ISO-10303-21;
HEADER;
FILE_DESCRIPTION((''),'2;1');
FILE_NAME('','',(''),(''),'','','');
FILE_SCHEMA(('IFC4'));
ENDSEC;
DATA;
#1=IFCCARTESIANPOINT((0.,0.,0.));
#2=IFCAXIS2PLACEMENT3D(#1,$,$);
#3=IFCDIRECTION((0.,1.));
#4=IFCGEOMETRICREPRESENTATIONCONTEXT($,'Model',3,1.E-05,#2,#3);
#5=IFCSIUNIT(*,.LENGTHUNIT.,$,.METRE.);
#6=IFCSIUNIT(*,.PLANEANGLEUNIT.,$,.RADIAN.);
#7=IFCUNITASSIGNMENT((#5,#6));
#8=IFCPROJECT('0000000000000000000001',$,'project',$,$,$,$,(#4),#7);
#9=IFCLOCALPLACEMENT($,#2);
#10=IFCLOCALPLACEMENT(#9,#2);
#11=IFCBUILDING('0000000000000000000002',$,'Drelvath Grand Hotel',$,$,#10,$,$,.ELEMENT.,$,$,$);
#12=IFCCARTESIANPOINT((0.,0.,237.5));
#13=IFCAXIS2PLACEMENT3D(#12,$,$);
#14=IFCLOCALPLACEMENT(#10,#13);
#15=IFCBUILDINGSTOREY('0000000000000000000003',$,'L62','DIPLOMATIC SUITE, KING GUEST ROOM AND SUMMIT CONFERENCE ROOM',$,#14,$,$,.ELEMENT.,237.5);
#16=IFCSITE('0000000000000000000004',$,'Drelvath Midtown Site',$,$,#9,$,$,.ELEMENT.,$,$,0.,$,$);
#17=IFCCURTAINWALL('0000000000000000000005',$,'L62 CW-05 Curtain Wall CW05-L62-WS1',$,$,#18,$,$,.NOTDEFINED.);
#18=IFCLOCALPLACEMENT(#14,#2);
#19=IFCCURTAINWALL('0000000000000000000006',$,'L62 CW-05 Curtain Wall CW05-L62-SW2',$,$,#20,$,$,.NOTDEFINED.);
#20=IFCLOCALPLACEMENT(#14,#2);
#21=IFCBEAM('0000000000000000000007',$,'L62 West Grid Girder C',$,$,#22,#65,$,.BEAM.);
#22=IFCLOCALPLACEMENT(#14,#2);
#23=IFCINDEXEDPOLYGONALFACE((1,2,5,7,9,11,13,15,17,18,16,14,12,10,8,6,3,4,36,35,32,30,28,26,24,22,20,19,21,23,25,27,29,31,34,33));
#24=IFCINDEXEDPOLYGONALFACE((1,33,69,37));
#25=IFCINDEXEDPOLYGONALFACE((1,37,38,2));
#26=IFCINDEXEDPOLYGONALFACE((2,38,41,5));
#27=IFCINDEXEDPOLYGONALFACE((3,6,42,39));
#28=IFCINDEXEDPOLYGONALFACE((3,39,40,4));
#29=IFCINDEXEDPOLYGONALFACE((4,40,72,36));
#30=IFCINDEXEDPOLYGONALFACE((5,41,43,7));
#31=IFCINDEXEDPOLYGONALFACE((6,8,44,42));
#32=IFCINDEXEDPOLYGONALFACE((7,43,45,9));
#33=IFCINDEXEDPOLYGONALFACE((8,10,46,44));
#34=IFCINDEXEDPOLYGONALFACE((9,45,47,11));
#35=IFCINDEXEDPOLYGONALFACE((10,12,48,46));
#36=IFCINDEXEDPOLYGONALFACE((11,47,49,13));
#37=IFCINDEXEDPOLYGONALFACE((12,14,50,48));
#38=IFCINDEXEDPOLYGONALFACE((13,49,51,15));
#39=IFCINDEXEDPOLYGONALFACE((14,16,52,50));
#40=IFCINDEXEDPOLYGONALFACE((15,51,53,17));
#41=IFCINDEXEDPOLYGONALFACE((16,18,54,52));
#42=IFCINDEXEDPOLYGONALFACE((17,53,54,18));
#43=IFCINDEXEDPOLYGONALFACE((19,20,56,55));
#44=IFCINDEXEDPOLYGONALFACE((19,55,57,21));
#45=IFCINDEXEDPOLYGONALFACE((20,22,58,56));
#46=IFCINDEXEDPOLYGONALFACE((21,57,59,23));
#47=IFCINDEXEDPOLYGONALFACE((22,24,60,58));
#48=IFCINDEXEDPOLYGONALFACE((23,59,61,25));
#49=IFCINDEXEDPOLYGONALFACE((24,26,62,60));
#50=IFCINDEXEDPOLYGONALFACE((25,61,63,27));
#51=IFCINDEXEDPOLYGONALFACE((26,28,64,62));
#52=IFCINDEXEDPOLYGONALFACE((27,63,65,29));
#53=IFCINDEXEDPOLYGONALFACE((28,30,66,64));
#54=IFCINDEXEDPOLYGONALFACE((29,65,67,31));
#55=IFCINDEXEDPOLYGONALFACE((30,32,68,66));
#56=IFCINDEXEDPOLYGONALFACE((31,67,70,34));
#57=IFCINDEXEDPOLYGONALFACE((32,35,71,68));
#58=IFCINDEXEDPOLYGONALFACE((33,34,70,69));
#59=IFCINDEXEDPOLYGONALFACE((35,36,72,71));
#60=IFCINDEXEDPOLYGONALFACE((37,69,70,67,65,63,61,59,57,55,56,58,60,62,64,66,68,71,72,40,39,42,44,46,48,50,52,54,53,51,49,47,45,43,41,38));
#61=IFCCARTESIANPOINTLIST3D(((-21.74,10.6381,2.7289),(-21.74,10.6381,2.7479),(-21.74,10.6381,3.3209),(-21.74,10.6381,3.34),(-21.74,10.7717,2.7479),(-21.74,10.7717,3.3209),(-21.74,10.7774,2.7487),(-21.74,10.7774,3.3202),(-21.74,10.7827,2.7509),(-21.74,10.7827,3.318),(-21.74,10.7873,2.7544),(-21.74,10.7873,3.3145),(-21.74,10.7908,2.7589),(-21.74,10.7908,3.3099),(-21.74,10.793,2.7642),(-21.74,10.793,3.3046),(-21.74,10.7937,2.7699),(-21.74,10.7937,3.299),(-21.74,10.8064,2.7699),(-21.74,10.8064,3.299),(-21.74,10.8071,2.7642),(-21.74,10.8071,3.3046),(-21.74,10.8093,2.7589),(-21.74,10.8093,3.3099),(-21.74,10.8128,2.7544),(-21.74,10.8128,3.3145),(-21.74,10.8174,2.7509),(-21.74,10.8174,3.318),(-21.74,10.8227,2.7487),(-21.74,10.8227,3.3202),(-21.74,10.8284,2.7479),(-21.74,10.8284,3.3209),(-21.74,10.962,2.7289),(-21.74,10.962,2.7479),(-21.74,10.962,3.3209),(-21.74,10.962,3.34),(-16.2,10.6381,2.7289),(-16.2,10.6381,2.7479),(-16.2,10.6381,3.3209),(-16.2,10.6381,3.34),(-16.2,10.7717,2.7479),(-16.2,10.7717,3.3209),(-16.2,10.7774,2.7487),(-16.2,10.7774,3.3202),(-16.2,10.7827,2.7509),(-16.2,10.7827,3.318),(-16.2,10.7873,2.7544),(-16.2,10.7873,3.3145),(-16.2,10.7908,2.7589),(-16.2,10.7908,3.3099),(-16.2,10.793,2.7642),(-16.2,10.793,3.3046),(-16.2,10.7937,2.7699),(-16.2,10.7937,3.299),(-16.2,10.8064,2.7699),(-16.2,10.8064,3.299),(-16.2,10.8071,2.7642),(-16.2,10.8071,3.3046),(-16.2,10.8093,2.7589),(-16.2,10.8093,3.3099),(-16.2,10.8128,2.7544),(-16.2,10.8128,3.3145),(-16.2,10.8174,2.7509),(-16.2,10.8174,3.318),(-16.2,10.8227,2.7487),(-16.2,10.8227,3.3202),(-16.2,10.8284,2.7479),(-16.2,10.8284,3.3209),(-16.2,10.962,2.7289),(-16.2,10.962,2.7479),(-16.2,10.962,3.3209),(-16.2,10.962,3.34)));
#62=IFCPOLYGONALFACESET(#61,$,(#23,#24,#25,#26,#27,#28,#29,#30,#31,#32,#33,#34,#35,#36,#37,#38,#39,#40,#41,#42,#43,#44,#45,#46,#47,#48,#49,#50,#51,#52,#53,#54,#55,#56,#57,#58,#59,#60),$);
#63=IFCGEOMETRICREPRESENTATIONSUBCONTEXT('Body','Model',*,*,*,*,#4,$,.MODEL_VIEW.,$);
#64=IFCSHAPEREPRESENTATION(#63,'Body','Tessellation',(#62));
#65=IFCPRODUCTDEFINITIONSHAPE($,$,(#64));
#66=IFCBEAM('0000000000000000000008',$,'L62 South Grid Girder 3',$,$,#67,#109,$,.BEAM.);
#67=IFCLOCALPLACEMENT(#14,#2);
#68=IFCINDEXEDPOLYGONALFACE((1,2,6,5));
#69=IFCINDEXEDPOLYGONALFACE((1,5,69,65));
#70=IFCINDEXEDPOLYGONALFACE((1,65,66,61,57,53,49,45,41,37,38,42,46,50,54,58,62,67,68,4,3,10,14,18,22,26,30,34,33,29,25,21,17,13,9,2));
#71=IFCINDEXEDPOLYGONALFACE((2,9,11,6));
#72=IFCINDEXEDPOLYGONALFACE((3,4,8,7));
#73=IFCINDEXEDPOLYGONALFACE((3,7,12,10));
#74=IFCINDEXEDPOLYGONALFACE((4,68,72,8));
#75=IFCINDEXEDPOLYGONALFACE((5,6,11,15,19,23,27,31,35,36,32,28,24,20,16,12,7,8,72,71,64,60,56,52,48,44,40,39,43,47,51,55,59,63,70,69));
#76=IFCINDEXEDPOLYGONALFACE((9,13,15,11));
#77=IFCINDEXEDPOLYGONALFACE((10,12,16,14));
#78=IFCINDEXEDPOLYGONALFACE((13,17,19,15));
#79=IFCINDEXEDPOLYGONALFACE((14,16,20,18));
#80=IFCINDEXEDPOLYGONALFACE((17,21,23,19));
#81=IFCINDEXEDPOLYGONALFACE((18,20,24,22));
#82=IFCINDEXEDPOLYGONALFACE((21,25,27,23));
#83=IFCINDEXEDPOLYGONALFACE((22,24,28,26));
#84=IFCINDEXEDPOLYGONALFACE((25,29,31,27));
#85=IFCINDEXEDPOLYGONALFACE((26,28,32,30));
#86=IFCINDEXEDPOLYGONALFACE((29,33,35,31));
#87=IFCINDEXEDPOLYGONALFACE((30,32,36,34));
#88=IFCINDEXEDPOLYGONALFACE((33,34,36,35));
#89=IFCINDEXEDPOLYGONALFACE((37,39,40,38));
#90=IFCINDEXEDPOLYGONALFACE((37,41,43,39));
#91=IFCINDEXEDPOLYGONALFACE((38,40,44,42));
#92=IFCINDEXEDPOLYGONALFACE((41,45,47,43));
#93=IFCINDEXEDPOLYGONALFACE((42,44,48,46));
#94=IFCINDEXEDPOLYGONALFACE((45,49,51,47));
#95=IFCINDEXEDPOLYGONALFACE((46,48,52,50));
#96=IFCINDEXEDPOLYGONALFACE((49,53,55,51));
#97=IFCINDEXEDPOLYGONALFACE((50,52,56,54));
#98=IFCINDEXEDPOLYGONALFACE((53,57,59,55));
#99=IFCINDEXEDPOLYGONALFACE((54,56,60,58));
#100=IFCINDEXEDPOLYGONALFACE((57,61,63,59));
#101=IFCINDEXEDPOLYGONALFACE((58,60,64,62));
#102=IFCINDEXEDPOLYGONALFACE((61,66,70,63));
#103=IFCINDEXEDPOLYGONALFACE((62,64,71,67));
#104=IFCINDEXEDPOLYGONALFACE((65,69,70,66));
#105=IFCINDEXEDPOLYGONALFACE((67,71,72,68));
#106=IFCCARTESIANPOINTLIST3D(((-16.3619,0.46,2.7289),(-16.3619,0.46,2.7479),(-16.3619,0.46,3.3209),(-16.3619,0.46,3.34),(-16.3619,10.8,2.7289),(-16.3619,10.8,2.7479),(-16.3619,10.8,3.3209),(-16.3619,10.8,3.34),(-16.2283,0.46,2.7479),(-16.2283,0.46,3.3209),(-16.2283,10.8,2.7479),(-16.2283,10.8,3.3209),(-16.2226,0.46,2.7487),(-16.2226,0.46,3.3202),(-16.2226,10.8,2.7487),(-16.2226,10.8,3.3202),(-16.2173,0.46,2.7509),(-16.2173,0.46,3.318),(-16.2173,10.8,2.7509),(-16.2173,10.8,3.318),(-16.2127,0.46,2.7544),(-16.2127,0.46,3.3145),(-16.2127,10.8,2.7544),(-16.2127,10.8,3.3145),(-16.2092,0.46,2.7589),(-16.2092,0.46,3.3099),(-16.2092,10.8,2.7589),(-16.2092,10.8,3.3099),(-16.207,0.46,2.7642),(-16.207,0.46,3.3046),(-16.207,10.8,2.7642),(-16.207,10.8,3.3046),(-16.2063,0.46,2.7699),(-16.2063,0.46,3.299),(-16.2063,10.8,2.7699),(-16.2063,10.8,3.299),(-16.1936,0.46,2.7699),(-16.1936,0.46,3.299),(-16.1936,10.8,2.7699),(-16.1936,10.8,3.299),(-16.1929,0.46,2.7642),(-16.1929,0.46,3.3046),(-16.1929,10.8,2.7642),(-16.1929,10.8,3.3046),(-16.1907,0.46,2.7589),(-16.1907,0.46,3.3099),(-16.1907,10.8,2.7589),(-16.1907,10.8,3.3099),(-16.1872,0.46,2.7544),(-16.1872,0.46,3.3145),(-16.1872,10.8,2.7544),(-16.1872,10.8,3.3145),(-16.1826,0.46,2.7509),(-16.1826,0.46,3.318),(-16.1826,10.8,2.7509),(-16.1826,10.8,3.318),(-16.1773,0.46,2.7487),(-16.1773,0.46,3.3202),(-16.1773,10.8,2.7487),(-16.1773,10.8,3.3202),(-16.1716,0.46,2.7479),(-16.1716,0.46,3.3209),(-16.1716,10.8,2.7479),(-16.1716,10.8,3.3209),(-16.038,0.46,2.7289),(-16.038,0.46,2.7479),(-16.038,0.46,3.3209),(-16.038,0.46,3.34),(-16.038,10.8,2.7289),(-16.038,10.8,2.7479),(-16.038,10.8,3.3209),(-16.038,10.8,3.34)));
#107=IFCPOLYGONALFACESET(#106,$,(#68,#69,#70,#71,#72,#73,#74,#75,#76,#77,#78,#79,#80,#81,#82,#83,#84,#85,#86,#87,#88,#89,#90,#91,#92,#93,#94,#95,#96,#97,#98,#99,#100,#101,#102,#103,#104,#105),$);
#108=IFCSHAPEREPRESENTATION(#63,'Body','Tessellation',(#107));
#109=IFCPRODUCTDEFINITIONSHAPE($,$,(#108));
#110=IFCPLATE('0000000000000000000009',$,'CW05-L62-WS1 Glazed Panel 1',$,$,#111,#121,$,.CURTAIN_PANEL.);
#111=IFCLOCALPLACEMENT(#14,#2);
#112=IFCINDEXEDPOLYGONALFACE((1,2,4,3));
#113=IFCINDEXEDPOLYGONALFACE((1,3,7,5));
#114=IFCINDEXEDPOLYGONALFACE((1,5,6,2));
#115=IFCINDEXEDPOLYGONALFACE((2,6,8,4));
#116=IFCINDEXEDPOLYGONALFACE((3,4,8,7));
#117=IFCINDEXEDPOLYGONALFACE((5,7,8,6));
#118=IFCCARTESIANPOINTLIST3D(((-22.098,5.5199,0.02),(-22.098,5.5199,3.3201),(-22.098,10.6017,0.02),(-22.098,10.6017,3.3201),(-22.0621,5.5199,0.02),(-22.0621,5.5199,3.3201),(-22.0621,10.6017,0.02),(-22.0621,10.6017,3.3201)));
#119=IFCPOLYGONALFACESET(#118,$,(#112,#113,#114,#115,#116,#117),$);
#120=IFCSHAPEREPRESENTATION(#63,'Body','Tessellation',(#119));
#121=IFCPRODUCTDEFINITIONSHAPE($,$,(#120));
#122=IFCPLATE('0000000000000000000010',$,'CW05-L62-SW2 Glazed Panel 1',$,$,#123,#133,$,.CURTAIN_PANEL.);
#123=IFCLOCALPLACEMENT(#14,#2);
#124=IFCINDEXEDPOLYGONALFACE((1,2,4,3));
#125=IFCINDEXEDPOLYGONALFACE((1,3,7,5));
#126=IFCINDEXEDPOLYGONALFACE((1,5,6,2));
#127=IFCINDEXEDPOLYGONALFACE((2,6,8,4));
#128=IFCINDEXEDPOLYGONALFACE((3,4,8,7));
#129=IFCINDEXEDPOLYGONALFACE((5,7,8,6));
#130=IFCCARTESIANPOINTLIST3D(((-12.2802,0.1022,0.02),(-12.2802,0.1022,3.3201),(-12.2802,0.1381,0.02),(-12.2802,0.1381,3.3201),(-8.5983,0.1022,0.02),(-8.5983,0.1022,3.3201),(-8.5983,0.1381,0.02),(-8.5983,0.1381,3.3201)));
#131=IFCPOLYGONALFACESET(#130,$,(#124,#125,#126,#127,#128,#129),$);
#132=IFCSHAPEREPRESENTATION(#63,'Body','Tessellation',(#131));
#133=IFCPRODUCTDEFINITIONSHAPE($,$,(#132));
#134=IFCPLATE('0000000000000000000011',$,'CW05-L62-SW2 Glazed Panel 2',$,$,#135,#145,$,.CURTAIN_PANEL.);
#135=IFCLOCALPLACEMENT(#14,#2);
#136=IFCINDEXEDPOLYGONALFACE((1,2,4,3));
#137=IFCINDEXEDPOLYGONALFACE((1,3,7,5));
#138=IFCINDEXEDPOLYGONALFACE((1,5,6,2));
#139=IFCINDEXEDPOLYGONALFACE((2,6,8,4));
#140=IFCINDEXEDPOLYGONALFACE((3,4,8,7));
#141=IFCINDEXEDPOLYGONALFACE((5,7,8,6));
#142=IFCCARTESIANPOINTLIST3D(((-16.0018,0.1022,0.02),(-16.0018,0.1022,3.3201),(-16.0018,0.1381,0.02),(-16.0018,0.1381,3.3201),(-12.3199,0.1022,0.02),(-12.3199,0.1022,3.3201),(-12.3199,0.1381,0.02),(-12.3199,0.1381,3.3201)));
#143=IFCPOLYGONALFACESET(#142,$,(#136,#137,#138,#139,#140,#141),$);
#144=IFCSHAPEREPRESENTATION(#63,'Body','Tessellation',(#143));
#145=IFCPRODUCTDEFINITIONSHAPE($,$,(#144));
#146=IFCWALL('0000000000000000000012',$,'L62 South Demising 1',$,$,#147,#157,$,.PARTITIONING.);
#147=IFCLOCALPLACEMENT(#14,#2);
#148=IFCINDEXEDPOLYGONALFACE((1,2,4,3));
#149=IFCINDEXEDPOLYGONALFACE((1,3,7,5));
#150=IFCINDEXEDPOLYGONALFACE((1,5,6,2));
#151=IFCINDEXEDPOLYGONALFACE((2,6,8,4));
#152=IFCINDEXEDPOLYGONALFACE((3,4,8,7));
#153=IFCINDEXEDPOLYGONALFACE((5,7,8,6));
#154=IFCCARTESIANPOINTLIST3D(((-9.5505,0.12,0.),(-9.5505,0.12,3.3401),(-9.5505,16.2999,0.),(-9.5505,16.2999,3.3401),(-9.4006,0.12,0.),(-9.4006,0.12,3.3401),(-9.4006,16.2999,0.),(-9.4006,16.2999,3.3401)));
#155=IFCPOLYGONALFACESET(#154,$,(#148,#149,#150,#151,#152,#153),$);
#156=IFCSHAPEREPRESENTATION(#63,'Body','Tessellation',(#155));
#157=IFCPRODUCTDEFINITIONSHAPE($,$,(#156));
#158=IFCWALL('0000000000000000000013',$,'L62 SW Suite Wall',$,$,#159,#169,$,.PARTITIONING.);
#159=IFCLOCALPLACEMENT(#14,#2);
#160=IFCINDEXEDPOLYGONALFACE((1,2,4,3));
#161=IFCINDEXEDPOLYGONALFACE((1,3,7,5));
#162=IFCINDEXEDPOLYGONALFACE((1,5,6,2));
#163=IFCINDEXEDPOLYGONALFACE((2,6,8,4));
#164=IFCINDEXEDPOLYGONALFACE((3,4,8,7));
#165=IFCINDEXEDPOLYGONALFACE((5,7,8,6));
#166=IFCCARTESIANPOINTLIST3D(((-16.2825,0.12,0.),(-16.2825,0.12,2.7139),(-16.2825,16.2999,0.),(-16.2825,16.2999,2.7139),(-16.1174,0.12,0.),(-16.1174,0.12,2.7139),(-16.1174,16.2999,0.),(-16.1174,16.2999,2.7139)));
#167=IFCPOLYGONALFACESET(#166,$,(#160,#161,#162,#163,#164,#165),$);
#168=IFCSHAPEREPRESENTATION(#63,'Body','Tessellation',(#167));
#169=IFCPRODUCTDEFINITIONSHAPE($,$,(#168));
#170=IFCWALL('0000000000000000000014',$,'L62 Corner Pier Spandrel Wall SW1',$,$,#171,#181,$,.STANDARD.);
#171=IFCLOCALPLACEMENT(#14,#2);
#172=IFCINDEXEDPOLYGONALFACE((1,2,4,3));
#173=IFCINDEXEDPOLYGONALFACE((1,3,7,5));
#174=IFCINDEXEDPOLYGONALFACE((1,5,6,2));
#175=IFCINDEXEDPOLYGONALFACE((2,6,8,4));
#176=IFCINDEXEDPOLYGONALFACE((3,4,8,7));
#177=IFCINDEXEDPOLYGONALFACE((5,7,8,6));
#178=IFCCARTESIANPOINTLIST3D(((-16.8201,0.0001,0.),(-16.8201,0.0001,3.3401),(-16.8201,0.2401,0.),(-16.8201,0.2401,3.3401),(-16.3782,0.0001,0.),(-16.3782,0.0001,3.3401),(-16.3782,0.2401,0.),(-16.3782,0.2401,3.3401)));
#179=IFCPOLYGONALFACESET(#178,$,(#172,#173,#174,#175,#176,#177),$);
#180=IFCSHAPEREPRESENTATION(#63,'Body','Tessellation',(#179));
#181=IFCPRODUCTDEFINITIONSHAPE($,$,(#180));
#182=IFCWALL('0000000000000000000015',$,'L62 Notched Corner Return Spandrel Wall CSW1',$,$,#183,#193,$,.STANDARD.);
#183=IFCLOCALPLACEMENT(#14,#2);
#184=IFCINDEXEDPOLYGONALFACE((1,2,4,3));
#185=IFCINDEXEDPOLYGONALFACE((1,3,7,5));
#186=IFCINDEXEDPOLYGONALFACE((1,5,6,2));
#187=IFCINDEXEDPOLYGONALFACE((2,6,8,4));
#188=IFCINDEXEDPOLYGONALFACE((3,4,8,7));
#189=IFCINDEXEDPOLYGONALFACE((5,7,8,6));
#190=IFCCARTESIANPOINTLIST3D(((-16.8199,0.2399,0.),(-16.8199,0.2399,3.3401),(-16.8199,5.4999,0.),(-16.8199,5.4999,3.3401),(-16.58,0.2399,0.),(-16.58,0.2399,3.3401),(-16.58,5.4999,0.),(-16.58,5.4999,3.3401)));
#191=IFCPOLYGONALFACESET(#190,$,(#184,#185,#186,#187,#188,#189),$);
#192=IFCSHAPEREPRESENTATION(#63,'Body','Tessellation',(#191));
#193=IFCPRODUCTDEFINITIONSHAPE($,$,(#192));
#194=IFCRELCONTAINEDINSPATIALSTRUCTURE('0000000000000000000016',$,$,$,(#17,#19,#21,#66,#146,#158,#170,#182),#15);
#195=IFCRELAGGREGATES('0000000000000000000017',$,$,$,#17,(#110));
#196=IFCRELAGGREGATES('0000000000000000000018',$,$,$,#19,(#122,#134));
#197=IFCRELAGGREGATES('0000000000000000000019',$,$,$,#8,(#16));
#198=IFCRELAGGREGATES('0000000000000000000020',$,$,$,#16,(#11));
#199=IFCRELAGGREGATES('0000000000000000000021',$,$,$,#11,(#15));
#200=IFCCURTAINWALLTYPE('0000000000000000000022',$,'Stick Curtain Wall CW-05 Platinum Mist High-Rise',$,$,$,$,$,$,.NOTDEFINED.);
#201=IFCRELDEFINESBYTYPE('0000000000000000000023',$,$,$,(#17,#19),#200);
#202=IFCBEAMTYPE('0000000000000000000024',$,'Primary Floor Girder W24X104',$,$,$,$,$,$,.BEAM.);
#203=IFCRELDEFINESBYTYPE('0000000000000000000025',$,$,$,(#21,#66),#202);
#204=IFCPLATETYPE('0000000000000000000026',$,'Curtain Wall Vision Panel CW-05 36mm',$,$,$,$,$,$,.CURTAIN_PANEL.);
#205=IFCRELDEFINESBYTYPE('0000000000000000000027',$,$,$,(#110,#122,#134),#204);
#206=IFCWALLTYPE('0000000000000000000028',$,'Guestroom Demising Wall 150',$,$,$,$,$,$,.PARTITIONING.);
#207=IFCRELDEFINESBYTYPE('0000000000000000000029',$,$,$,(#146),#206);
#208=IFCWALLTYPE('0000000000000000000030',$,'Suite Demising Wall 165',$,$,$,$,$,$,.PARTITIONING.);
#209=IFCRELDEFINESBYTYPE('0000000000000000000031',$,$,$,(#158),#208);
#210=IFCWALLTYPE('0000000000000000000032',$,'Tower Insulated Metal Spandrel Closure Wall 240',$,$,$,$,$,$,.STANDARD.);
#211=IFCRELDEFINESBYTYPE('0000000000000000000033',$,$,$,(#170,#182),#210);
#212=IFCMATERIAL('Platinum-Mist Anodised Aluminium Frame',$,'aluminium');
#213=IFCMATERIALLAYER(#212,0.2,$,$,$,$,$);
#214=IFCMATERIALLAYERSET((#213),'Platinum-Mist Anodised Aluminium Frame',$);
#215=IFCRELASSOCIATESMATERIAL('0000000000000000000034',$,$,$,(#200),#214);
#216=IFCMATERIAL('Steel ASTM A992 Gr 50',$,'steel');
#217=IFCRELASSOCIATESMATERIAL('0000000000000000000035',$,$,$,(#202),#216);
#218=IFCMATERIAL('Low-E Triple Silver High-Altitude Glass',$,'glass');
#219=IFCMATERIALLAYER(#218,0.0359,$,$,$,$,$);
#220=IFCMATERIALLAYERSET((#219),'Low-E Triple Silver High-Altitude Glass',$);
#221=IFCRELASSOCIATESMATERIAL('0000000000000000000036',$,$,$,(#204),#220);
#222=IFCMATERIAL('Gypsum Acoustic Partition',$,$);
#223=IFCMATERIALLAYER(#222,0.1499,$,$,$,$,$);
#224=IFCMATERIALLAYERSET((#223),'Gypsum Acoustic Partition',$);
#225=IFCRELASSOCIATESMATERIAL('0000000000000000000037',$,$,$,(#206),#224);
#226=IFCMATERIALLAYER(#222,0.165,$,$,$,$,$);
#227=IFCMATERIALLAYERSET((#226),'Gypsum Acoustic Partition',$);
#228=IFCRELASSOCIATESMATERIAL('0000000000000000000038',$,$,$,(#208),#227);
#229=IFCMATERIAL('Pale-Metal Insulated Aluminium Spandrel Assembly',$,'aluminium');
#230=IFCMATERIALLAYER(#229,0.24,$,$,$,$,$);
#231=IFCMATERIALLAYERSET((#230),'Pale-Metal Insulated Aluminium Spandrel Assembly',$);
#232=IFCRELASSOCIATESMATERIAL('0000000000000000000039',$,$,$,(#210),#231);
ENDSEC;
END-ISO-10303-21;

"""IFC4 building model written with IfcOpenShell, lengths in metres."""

from ifc_helpers import new_model, si_unit, direction, frame, frame_2d, origin, origin_2d, place, context, subcontext, project, spatial, rectangle, i_section, extrude, material, layer, layer_set, material_profile, profile_set, type_object, element, aggregate, save


model = new_model("IFC4")

# Units and contexts
model_context = context("Model", 3, precision=1e-05, world=origin(), true_north=direction((0.0, 1.0)))
body_context = subcontext(model_context, "Body", "Model", "MODEL_VIEW")
ifc_project = project(units=[si_unit("LENGTHUNIT", "METRE"), si_unit("PLANEANGLEUNIT", "RADIAN")], contexts=[model_context])

# Site, building, storey
site_placement = place(None, origin())
site = spatial("IfcSite", under=ifc_project, at=site_placement, Name="Drelvath Midtown Site", CompositionType="ELEMENT", RefElevation=0.0)
building_placement = place(site_placement, origin())
building = spatial("IfcBuilding", under=site, at=building_placement, Name="Drelvath Grand Hotel", CompositionType="ELEMENT")
storey_placement = place(building_placement, frame((0.0, 0.0, 237.5)))
storey = spatial("IfcBuildingStorey", under=building, at=storey_placement, Name="L62", Description="DIPLOMATIC SUITE, KING GUEST ROOM AND SUMMIT CONFERENCE ROOM", CompositionType="ELEMENT", Elevation=237.5)

# Curtain walls
ifc_material_1 = material(Name="Platinum-Mist Anodised Aluminium Frame", Category="aluminium")
ifc_layer_1 = layer(ifc_material_1, 0.2)
ifc_layer_set_1 = layer_set([ifc_layer_1], Name="Platinum-Mist Anodised Aluminium Frame")
curtain_wall_type = type_object("IfcCurtainWallType", Name="Stick Curtain Wall CW-05 Platinum Mist High-Rise", PredefinedType="NOTDEFINED", material=ifc_layer_set_1)
curtain_wall_1_placement = place(storey_placement, origin())
curtain_wall_1 = element("IfcCurtainWall", 1, at=curtain_wall_1_placement, inside=storey, type_object=curtain_wall_type, Name="L62 CW-05 Curtain Wall CW05-L62-WS1", PredefinedType="NOTDEFINED")
curtain_wall_2_placement = place(storey_placement, origin())
curtain_wall_2 = element("IfcCurtainWall", 2, at=curtain_wall_2_placement, inside=storey, type_object=curtain_wall_type, Name="L62 CW-05 Curtain Wall CW05-L62-SW2", PredefinedType="NOTDEFINED")

# Beams
ifc_material_2 = material(Name="Steel ASTM A992 Gr 50", Category="steel")
ifc_material_profile_1 = material_profile(ifc_material_2, i_section(OverallWidth=0.324, OverallDepth=0.6111, WebThickness=0.0127, FlangeThickness=0.019, FilletRadius=0.022, at=origin_2d()), Name="W24X104")
ifc_profile_set_1 = profile_set([ifc_material_profile_1], Name="Steel ASTM A992 Gr 50")
beam_type_1 = type_object("IfcBeamType", Name="Primary Floor Girder W24X104", PredefinedType="BEAM", material=ifc_profile_set_1)
beam_1_placement = place(storey_placement, frame((-21.74, 10.8, 3.0344), z_axis=(1.0, 0.0, 0.0), x_axis=(0.0, 1.0, 0.0)))
element("IfcBeam", 3, at=beam_1_placement, inside=storey, type_object=beam_type_1, Name="L62 West Grid Girder C", PredefinedType="BEAM", context=body_context, shape_type="SweptSolid", body=[
    extrude(i_section(OverallWidth=0.324, OverallDepth=0.6111, WebThickness=0.0127, FlangeThickness=0.019, FilletRadius=0.022, at=origin_2d()), origin(), (0.0, 0.0, 1.0), 5.54),
])
beam_2_placement = place(storey_placement, frame((-16.2, 0.46, 3.0344), z_axis=(0.0, 1.0, 0.0), x_axis=(-1.0, 0.0, 0.0)))
element("IfcBeam", 4, at=beam_2_placement, inside=storey, type_object=beam_type_1, Name="L62 South Grid Girder 3", PredefinedType="BEAM", context=body_context, shape_type="SweptSolid", body=[
    extrude(i_section(OverallWidth=0.324, OverallDepth=0.6111, WebThickness=0.0127, FlangeThickness=0.019, FilletRadius=0.022, at=origin_2d()), origin(), (0.0, 0.0, 1.0), 10.3401),
])

# Plates
ifc_material_3 = material(Name="Low-E Triple Silver High-Altitude Glass", Category="glass")
ifc_layer_2 = layer(ifc_material_3, 0.0359)
ifc_layer_set_2 = layer_set([ifc_layer_2], Name="Low-E Triple Silver High-Altitude Glass")
plate_type = type_object("IfcPlateType", Name="Curtain Wall Vision Panel CW-05 36mm", PredefinedType="CURTAIN_PANEL", material=ifc_layer_set_2)
plate_1_placement = place(storey_placement, frame((-22.0801, 8.0608, 0.02), z_axis=(0.0, 0.0, 1.0), x_axis=(0.0, 1.0, 0.0)))
plate_1 = element("IfcPlate", 5, at=plate_1_placement, type_object=plate_type, Name="CW05-L62-WS1 Glazed Panel 1", PredefinedType="CURTAIN_PANEL", context=body_context, shape_type="SweptSolid", body=[
    extrude(rectangle(XDim=5.0818, YDim=0.0359, at=origin_2d()), origin(), (0.0, 0.0, 1.0), 3.3),
])
aggregate(curtain_wall_1, [plate_1])
plate_2_placement = place(storey_placement, frame((-10.4392, 0.1201, 0.02), z_axis=(0.0, 0.0, 1.0), x_axis=(-1.0, 0.0, 0.0)))
plate_2 = element("IfcPlate", 6, at=plate_2_placement, type_object=plate_type, Name="CW05-L62-SW2 Glazed Panel 1", PredefinedType="CURTAIN_PANEL", context=body_context, shape_type="SweptSolid", body=[
    extrude(rectangle(XDim=3.6819, YDim=0.0359, at=origin_2d()), origin(), (0.0, 0.0, 1.0), 3.3),
])
plate_3_placement = place(storey_placement, frame((-14.1609, 0.1201, 0.02), z_axis=(0.0, 0.0, 1.0), x_axis=(-1.0, 0.0, 0.0)))
plate_3 = element("IfcPlate", 7, at=plate_3_placement, type_object=plate_type, Name="CW05-L62-SW2 Glazed Panel 2", PredefinedType="CURTAIN_PANEL", context=body_context, shape_type="SweptSolid", body=[
    extrude(rectangle(XDim=3.6819, YDim=0.0359, at=origin_2d()), origin(), (0.0, 0.0, 1.0), 3.3),
])
aggregate(curtain_wall_2, [plate_2, plate_3])

# Walls
ifc_material_4 = material(Name="Gypsum Acoustic Partition")
ifc_layer_3 = layer(ifc_material_4, 0.1499)
ifc_layer_set_3 = layer_set([ifc_layer_3], Name="Gypsum Acoustic Partition")
wall_type_1 = type_object("IfcWallType", Name="Guestroom Demising Wall 150", PredefinedType="PARTITIONING", material=ifc_layer_set_3)
wall_1_placement = place(storey_placement, frame((-9.4756, 0.1201, 0.0), z_axis=(0.0, 0.0, 1.0), x_axis=(0.0, 1.0, 0.0)))
element("IfcWall", 8, at=wall_1_placement, inside=storey, type_object=wall_type_1, Name="L62 South Demising 1", PredefinedType="PARTITIONING", context=body_context, shape_type="SweptSolid", body=[
    extrude(rectangle(XDim=16.1799, YDim=0.1499, at=frame_2d((8.0898, 0.0))), origin(), (0.0, 0.0, 1.0), 3.3401),
])
ifc_layer_4 = layer(ifc_material_4, 0.165)
ifc_layer_set_4 = layer_set([ifc_layer_4], Name="Gypsum Acoustic Partition")
wall_type_2 = type_object("IfcWallType", Name="Suite Demising Wall 165", PredefinedType="PARTITIONING", material=ifc_layer_set_4)
wall_2_placement = place(storey_placement, frame((-16.2, 0.1201, 0.0), z_axis=(0.0, 0.0, 1.0), x_axis=(0.0, 1.0, 0.0)))
element("IfcWall", 9, at=wall_2_placement, inside=storey, type_object=wall_type_2, Name="L62 SW Suite Wall", PredefinedType="PARTITIONING", context=body_context, shape_type="SweptSolid", body=[
    extrude(rectangle(XDim=16.1799, YDim=0.165, at=frame_2d((8.0898, 0.0))), origin(), (0.0, 0.0, 1.0), 2.7139),
])
ifc_material_5 = material(Name="Pale-Metal Insulated Aluminium Spandrel Assembly", Category="aluminium")
ifc_layer_5 = layer(ifc_material_5, 0.24)
ifc_layer_set_5 = layer_set([ifc_layer_5], Name="Pale-Metal Insulated Aluminium Spandrel Assembly")
wall_type_3 = type_object("IfcWallType", Name="Tower Insulated Metal Spandrel Closure Wall 240", PredefinedType="STANDARD", material=ifc_layer_set_5)
wall_3_placement = place(storey_placement, frame((-16.3782, 0.1201, 0.0), z_axis=(0.0, 0.0, 1.0), x_axis=(-1.0, 0.0, 0.0)))
element("IfcWall", 10, at=wall_3_placement, inside=storey, type_object=wall_type_3, Name="L62 Corner Pier Spandrel Wall SW1", PredefinedType="STANDARD", context=body_context, shape_type="SweptSolid", body=[
    extrude(rectangle(XDim=0.4419, YDim=0.24, at=frame_2d((0.2209, 0.0))), origin(), (0.0, 0.0, 1.0), 3.3401),
])
wall_4_placement = place(storey_placement, frame((-16.7, 0.24, 0.0), z_axis=(0.0, 0.0, 1.0), x_axis=(0.0, 1.0, 0.0)))
element("IfcWall", 11, at=wall_4_placement, inside=storey, type_object=wall_type_3, Name="L62 Notched Corner Return Spandrel Wall CSW1", PredefinedType="STANDARD", context=body_context, shape_type="SweptSolid", body=[
    extrude(rectangle(XDim=5.26, YDim=0.24, at=frame_2d((2.6299, 0.0))), origin(), (0.0, 0.0, 1.0), 3.3401),
])

save(model, "model.ifc")
